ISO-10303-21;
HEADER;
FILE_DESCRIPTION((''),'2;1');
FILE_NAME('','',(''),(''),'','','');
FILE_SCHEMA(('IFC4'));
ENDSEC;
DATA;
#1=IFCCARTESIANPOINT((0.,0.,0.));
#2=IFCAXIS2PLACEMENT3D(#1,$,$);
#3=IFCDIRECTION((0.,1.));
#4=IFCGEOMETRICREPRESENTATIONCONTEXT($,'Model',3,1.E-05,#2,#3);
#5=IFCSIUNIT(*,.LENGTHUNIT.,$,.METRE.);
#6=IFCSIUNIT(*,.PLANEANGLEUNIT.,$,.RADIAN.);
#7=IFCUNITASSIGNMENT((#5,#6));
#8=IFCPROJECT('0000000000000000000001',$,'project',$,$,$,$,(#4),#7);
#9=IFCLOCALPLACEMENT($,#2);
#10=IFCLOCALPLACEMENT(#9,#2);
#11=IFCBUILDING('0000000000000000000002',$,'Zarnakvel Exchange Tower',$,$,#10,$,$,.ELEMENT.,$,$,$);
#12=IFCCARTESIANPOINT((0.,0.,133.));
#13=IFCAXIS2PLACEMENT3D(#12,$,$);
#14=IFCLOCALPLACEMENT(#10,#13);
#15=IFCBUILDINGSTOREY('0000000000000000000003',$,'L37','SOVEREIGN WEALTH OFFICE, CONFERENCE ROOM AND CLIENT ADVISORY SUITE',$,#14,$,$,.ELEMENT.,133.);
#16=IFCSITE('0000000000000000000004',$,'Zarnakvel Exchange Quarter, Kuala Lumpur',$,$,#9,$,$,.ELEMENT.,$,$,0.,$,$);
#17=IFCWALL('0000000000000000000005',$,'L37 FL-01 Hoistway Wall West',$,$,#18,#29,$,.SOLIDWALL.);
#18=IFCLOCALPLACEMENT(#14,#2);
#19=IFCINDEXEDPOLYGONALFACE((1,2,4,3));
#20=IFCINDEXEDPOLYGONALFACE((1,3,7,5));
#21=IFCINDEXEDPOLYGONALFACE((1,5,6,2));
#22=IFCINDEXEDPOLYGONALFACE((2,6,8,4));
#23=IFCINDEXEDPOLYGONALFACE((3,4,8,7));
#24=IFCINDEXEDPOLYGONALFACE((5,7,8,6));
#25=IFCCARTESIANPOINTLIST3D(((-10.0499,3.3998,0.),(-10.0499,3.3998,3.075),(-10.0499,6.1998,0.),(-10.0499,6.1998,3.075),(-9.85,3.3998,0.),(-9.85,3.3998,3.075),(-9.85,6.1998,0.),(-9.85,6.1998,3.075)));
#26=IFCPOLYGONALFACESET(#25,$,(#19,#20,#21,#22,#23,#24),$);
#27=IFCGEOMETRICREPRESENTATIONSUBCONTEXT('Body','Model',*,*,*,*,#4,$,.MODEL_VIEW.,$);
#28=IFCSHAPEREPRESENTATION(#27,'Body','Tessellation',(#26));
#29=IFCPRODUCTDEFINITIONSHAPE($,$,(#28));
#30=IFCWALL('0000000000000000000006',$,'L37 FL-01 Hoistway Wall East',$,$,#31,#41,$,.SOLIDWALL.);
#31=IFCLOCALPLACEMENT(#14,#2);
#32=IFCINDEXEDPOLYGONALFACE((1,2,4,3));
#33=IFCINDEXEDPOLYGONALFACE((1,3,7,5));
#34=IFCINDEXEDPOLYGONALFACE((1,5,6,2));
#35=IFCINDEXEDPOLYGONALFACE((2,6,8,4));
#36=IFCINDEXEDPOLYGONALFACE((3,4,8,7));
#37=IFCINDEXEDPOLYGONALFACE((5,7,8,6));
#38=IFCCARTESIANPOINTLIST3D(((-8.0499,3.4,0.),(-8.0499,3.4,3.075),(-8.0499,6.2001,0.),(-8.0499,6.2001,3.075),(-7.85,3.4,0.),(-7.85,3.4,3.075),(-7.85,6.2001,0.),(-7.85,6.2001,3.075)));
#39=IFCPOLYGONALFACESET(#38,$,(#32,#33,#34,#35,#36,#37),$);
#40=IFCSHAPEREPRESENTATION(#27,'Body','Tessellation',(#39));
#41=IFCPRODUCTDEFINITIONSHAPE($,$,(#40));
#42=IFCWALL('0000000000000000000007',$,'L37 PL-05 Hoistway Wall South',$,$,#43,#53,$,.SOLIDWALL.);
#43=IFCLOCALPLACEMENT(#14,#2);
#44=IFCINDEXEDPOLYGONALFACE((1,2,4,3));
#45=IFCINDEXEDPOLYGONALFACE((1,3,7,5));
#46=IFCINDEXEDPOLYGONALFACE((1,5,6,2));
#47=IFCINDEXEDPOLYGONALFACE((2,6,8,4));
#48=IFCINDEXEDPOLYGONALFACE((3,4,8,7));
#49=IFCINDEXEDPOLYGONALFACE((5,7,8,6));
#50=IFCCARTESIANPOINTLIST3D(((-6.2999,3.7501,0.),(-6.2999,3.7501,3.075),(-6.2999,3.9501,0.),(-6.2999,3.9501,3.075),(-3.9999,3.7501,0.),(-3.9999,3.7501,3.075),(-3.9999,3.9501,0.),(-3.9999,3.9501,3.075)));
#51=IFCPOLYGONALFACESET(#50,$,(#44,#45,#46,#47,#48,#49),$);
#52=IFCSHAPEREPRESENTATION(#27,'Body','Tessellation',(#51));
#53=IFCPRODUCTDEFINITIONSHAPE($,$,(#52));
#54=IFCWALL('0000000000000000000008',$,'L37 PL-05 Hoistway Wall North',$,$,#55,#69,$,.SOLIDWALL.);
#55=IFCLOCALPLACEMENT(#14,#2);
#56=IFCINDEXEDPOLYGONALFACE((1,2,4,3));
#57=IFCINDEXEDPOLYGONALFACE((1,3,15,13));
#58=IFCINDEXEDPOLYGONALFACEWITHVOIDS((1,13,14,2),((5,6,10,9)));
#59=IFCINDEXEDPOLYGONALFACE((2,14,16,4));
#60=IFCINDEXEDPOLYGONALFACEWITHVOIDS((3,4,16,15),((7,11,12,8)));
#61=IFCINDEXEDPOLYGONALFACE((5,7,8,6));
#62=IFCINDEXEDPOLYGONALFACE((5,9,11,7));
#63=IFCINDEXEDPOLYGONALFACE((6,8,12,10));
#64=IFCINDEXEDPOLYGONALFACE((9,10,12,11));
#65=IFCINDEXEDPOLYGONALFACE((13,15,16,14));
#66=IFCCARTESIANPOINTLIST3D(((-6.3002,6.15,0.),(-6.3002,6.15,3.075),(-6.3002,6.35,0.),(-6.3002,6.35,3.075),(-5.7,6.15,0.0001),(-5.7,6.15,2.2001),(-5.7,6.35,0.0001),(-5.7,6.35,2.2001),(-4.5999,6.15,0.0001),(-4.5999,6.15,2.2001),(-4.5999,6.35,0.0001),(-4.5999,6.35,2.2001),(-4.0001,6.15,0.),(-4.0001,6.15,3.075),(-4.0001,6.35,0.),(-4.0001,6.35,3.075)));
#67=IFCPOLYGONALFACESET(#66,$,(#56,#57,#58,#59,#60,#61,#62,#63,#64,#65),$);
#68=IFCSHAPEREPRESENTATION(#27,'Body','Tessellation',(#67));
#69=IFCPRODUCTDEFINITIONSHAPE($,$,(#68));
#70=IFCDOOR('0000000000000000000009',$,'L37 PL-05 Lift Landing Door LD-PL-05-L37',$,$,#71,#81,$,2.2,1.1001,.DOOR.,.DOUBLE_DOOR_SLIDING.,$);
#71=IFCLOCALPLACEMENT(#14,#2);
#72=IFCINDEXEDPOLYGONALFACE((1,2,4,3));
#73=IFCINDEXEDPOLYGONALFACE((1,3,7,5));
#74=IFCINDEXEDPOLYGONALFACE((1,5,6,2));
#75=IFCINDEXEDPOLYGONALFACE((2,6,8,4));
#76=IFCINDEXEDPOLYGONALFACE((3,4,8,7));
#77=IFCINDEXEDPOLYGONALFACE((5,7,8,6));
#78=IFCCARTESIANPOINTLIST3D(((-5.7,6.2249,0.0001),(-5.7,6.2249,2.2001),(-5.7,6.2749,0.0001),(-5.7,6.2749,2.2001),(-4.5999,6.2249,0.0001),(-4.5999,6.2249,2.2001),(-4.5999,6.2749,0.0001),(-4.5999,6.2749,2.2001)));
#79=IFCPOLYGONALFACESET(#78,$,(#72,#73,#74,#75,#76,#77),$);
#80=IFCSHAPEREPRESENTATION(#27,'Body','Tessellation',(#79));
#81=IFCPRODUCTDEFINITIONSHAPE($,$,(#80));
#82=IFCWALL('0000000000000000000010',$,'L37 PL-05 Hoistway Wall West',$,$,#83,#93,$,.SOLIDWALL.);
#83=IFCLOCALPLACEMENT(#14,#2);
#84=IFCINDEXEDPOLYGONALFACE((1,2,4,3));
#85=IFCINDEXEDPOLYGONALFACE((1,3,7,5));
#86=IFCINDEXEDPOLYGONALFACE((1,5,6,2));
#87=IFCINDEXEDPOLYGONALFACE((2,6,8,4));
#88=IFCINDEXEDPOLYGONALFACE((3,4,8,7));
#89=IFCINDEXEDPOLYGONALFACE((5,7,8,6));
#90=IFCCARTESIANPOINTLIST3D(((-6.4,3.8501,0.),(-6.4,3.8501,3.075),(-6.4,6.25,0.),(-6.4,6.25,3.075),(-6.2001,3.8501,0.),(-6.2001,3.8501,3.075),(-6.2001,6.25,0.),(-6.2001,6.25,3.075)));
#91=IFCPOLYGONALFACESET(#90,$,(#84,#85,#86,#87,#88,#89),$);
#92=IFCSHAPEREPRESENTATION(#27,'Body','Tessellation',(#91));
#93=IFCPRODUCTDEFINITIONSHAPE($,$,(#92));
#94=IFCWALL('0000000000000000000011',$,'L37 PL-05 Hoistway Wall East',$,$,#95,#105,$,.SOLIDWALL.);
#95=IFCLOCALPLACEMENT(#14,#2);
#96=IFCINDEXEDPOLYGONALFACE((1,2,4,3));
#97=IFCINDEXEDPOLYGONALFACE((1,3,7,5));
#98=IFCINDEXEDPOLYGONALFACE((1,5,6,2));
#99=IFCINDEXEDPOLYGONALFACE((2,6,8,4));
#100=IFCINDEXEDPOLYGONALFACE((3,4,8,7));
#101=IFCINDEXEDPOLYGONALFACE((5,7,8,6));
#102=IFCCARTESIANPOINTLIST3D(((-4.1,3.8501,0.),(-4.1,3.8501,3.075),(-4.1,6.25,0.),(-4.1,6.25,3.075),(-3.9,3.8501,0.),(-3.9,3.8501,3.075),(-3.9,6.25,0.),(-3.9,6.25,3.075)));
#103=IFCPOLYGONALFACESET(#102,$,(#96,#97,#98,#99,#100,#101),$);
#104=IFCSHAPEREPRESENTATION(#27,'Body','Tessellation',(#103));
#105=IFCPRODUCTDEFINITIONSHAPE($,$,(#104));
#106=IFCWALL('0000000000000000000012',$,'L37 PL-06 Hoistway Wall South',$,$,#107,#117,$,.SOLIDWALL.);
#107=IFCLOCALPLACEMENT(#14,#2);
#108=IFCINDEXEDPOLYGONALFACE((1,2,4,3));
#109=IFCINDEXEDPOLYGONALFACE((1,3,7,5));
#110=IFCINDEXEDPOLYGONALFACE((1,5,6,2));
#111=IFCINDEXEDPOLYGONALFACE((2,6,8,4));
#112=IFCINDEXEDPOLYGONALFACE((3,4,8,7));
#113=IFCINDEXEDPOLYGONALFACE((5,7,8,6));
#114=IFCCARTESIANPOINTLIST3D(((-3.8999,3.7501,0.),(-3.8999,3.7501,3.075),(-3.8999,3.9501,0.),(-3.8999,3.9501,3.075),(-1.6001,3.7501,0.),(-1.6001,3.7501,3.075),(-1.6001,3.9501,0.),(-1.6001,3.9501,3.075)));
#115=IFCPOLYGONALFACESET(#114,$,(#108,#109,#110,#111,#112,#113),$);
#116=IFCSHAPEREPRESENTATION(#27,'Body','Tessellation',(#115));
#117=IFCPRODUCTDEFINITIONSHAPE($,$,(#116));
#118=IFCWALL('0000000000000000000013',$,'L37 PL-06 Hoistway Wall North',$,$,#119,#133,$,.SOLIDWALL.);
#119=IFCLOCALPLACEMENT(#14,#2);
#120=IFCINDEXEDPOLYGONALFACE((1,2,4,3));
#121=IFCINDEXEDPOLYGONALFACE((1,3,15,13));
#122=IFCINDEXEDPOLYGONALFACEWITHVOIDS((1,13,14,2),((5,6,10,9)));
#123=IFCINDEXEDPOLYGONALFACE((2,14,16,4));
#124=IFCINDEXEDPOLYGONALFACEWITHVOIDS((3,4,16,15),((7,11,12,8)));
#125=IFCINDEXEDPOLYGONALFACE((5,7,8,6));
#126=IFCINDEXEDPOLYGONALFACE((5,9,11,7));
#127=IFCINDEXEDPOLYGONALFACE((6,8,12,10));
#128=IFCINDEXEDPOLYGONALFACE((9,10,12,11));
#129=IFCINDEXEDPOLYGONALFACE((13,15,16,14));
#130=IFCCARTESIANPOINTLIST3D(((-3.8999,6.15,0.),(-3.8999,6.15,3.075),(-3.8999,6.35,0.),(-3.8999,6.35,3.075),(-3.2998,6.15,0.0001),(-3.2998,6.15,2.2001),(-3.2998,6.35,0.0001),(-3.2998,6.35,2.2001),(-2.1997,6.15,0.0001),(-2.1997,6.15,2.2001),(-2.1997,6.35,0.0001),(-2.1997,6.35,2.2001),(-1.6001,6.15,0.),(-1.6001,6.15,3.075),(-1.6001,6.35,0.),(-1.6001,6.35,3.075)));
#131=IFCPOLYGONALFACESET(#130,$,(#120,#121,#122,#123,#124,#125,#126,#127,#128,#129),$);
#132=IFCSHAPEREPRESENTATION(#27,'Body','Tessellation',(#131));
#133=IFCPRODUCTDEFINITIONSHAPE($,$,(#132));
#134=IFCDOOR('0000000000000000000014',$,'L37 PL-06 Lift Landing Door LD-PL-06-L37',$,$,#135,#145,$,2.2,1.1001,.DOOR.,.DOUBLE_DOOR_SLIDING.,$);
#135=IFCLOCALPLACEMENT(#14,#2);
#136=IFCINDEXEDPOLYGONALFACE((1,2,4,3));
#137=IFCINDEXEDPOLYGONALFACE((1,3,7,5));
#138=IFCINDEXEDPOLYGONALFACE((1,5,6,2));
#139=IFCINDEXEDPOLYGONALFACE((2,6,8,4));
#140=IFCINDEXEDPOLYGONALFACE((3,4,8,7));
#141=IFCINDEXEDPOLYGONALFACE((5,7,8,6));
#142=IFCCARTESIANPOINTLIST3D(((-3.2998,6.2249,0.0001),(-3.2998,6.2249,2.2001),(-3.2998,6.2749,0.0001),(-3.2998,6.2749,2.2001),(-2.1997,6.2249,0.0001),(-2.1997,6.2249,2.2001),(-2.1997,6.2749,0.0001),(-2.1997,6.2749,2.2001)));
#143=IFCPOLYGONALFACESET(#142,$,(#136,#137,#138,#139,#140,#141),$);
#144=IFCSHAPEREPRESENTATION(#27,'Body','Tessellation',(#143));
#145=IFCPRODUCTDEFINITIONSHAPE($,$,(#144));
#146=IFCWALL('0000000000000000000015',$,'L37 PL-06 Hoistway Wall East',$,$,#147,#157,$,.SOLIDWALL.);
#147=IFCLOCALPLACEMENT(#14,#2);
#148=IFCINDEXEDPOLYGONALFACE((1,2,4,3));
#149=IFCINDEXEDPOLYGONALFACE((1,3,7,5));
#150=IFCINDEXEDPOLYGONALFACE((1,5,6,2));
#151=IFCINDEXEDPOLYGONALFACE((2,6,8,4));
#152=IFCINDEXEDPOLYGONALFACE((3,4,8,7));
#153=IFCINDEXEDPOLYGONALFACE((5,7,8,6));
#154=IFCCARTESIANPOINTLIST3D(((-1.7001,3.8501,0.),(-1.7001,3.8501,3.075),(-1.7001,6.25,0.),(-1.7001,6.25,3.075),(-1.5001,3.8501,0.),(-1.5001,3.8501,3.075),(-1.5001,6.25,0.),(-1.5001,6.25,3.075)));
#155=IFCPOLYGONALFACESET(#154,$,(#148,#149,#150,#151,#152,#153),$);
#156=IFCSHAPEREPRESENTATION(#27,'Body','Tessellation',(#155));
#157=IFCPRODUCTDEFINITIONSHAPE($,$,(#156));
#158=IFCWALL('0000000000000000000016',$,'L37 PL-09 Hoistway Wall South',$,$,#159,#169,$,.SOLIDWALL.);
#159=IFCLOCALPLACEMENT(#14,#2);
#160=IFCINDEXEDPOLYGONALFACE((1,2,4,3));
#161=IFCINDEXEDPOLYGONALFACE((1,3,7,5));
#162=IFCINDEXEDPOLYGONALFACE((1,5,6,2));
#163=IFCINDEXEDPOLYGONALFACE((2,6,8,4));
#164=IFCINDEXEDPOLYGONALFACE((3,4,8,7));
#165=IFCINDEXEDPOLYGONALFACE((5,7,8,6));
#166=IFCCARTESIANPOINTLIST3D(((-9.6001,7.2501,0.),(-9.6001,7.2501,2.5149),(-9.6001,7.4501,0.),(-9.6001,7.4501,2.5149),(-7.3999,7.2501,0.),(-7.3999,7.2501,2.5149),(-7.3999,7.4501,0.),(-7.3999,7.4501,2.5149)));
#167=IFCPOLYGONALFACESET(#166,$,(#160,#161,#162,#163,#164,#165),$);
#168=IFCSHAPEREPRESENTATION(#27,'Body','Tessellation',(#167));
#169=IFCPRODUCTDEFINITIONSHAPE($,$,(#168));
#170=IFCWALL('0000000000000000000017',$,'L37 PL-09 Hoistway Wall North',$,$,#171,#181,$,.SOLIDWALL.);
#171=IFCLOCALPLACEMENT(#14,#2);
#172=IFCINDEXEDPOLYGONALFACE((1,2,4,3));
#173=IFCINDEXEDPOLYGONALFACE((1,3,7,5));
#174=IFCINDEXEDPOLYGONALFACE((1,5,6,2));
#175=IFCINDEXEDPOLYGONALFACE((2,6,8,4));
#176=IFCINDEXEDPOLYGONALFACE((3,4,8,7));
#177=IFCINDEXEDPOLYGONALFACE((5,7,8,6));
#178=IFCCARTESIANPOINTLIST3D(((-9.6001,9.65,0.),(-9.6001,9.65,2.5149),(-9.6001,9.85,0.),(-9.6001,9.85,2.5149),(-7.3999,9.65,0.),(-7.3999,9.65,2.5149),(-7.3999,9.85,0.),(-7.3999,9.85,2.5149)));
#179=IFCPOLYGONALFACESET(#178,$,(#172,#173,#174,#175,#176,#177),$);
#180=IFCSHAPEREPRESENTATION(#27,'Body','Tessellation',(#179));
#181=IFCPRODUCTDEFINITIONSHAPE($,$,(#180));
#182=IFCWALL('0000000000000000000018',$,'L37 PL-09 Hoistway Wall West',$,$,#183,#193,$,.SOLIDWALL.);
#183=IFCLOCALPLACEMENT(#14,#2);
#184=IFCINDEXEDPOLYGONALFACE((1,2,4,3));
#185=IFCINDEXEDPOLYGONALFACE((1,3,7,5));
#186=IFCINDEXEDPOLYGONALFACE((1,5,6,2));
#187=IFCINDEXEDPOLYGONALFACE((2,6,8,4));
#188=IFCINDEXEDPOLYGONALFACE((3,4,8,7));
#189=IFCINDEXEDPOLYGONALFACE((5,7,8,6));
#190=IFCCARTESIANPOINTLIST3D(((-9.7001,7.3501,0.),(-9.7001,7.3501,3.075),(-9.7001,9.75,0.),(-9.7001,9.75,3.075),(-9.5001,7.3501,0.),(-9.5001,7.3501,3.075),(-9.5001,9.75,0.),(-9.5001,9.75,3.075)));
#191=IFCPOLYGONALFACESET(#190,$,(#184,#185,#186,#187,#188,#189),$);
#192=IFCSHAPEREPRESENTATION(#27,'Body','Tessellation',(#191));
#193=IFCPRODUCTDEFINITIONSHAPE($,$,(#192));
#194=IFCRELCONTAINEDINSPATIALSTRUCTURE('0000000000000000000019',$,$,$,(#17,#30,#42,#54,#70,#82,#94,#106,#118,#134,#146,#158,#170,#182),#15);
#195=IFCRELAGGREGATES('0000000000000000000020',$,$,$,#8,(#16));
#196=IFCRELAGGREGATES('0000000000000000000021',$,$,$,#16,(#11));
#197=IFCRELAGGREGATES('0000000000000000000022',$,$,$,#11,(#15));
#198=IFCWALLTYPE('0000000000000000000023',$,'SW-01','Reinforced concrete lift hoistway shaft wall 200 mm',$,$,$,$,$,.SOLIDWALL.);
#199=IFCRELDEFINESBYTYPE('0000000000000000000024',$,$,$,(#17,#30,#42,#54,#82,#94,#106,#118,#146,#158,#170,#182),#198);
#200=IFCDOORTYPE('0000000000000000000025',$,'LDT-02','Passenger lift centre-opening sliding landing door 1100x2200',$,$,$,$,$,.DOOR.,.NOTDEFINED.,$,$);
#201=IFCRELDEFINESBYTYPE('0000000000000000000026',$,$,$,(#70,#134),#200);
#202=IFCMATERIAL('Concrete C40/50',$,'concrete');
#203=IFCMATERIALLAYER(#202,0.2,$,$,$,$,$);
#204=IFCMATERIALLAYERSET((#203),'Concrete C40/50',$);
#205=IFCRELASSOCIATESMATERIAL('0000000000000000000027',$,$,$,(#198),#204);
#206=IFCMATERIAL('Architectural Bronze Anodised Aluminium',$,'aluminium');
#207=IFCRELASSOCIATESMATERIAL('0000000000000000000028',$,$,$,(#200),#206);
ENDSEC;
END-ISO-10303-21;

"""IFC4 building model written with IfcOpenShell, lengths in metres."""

from ifc_helpers import new_model, si_unit, direction, frame, frame_2d, origin, place, context, subcontext, project, spatial, rectangle, extrude, source, transform, mapped, material, layer, layer_set, type_object, element, fill, save


model = new_model("IFC4")

# Units and contexts
model_context = context("Model", 3, precision=1e-05, world=origin(), true_north=direction((0.0, 1.0)))
body_context = subcontext(model_context, "Body", "Model", "MODEL_VIEW")
ifc_project = project(units=[si_unit("LENGTHUNIT", "METRE"), si_unit("PLANEANGLEUNIT", "RADIAN")], contexts=[model_context])

# Site, building, storey
site_placement = place(None, origin())
site = spatial("IfcSite", under=ifc_project, at=site_placement, Name="Zarnakvel Exchange Quarter, Kuala Lumpur", CompositionType="ELEMENT", RefElevation=0.0)
building_placement = place(site_placement, origin())
building = spatial("IfcBuilding", under=site, at=building_placement, Name="Zarnakvel Exchange Tower", CompositionType="ELEMENT")
storey_placement = place(building_placement, frame((0.0, 0.0, 133.0)))
storey = spatial("IfcBuildingStorey", under=building, at=storey_placement, Name="L37", Description="SOVEREIGN WEALTH OFFICE, CONFERENCE ROOM AND CLIENT ADVISORY SUITE", CompositionType="ELEMENT", Elevation=133.0)

# Shared definitions
ifc_material_1 = material(Name="Concrete C40/50", Category="concrete")
ifc_layer_1 = layer(ifc_material_1, 0.2)
ifc_layer_set_1 = layer_set([ifc_layer_1], Name="Concrete C40/50")
wall_type_1 = type_object("IfcWallType", Name="SW-01", Description="Reinforced concrete lift hoistway shaft wall 200 mm", PredefinedType="SOLIDWALL", material=ifc_layer_set_1)
shared_shape_1 = source(origin(), body_context, "Body", "SweptSolid", [
    extrude(rectangle(XDim=1.1001, YDim=2.2, at=frame_2d((0.55, 1.1001))), frame((0.0, 0.0249, 0.0), z_axis=(0.0, -1.0, 0.0), x_axis=(1.0, 0.0, 0.0)), (0.0, 0.0, 1.0), 0.05),
])

# Walls
for number, where, z_axis, x_axis, name in (
    (1, (-9.95, 3.3999, 0.0), (0.0, 0.0, 1.0), (0.0, 1.0, 0.0), "L37 FL-01 Hoistway Wall West"),
    (2, (-7.95, 6.2, 0.0), (0.0, 0.0, 1.0), (0.0, -1.0, 0.0), "L37 FL-01 Hoistway Wall East"),
):
    element("IfcWall", number, at=place(storey_placement, frame(where, z_axis=z_axis, x_axis=x_axis)), inside=storey, type_object=wall_type_1, Name=name, PredefinedType="SOLIDWALL", context=body_context, shape_type="SweptSolid", body=[
        extrude(rectangle(XDim=2.8, YDim=0.2, at=frame_2d((1.3999, 0.0))), origin(), (0.0, 0.0, 1.0), 3.075),
    ])
wall_1_placement = place(storey_placement, frame((-4.0, 3.8501, 0.0), z_axis=(0.0, 0.0, 1.0), x_axis=(-1.0, 0.0, 0.0)))
element("IfcWall", 3, at=wall_1_placement, inside=storey, type_object=wall_type_1, Name="L37 PL-05 Hoistway Wall South", PredefinedType="SOLIDWALL", context=body_context, shape_type="SweptSolid", body=[
    extrude(rectangle(XDim=2.3, YDim=0.2, at=frame_2d((1.1499, 0.0))), origin(), (0.0, 0.0, 1.0), 3.075),
])

# Wall, opening, door
wall_2_placement = place(storey_placement, frame((-6.3, 6.25, 0.0), z_axis=(0.0, 0.0, 1.0), x_axis=(1.0, 0.0, 0.0)))
wall_2 = element("IfcWall", 4, at=wall_2_placement, inside=storey, type_object=wall_type_1, Name="L37 PL-05 Hoistway Wall North", PredefinedType="SOLIDWALL", context=body_context, shape_type="SweptSolid", body=[
    extrude(rectangle(XDim=2.3, YDim=0.2, at=frame_2d((1.1499, 0.0))), origin(), (0.0, 0.0, 1.0), 3.075),
])
opening_1_placement = place(wall_2_placement, frame((0.6001, 0.0, 0.0)))
opening_1 = element("IfcOpeningElement", 5, at=opening_1_placement, cuts=wall_2, PredefinedType="OPENING", context=body_context, shape_type="SweptSolid", body=[
    extrude(rectangle(XDim=1.1001, YDim=2.2, at=frame_2d((0.55, 1.1001))), frame((0.0, 0.1099, 0.0), z_axis=(0.0, -1.0, 0.0), x_axis=(1.0, 0.0, 0.0)), (0.0, 0.0, 1.0), 0.22),
])
ifc_material_2 = material(Name="Architectural Bronze Anodised Aluminium", Category="aluminium")
door_type_1 = type_object("IfcDoorType", Name="LDT-02", Description="Passenger lift centre-opening sliding landing door 1100x2200", OperationType="NOTDEFINED", PredefinedType="DOOR", material=ifc_material_2)
door_1_placement = place(opening_1_placement, origin())
door_1 = element("IfcDoor", 6, at=door_1_placement, inside=storey, type_object=door_type_1, Name="L37 PL-05 Lift Landing Door LD-PL-05-L37", OperationType="DOUBLE_DOOR_SLIDING", OverallHeight=2.2, OverallWidth=1.1001, PredefinedType="DOOR", context=body_context, shape_type="MappedRepresentation", body=[
    mapped(shared_shape_1, transform((0.0, 0.0, 0.0), x_axis=(1.0, 0.0, 0.0), y_axis=(0.0, 1.0, 0.0), z_axis=(0.0, 0.0, 1.0), scale=1.0)),
])
fill(opening_1, door_1)

# Walls
for number, where, z_axis, x_axis, name in (
    (7, (-6.3, 3.8501, 0.0), (0.0, 0.0, 1.0), (0.0, 1.0, 0.0), "L37 PL-05 Hoistway Wall West"),
    (8, (-4.0, 6.25, 0.0), (0.0, 0.0, 1.0), (0.0, -1.0, 0.0), "L37 PL-05 Hoistway Wall East"),
):
    element("IfcWall", number, at=place(storey_placement, frame(where, z_axis=z_axis, x_axis=x_axis)), inside=storey, type_object=wall_type_1, Name=name, PredefinedType="SOLIDWALL", context=body_context, shape_type="SweptSolid", body=[
        extrude(rectangle(XDim=2.3999, YDim=0.2, at=frame_2d((1.2, 0.0))), origin(), (0.0, 0.0, 1.0), 3.075),
    ])
wall_3_placement = place(storey_placement, frame((-1.6001, 3.8501, 0.0), z_axis=(0.0, 0.0, 1.0), x_axis=(-1.0, 0.0, 0.0)))
element("IfcWall", 9, at=wall_3_placement, inside=storey, type_object=wall_type_1, Name="L37 PL-06 Hoistway Wall South", PredefinedType="SOLIDWALL", context=body_context, shape_type="SweptSolid", body=[
    extrude(rectangle(XDim=2.2998, YDim=0.2, at=frame_2d((1.1499, 0.0))), origin(), (0.0, 0.0, 1.0), 3.075),
])

# Wall, opening, door
wall_4_placement = place(storey_placement, frame((-3.8999, 6.25, 0.0), z_axis=(0.0, 0.0, 1.0), x_axis=(1.0, 0.0, 0.0)))
wall_4 = element("IfcWall", 10, at=wall_4_placement, inside=storey, type_object=wall_type_1, Name="L37 PL-06 Hoistway Wall North", PredefinedType="SOLIDWALL", context=body_context, shape_type="SweptSolid", body=[
    extrude(rectangle(XDim=2.2998, YDim=0.2, at=frame_2d((1.1499, 0.0))), origin(), (0.0, 0.0, 1.0), 3.075),
])
opening_2_placement = place(wall_4_placement, frame((0.6001, 0.0, 0.0)))
opening_2 = element("IfcOpeningElement", 11, at=opening_2_placement, cuts=wall_4, PredefinedType="OPENING", context=body_context, shape_type="SweptSolid", body=[
    extrude(rectangle(XDim=1.1001, YDim=2.2, at=frame_2d((0.55, 1.1001))), frame((0.0, 0.1099, 0.0), z_axis=(0.0, -1.0, 0.0), x_axis=(1.0, 0.0, 0.0)), (0.0, 0.0, 1.0), 0.22),
])
door_2_placement = place(opening_2_placement, origin())
door_2 = element("IfcDoor", 12, at=door_2_placement, inside=storey, type_object=door_type_1, Name="L37 PL-06 Lift Landing Door LD-PL-06-L37", OperationType="DOUBLE_DOOR_SLIDING", OverallHeight=2.2, OverallWidth=1.1001, PredefinedType="DOOR", context=body_context, shape_type="MappedRepresentation", body=[
    mapped(shared_shape_1, transform((0.0, 0.0, 0.0), x_axis=(1.0, 0.0, 0.0), y_axis=(0.0, 1.0, 0.0), z_axis=(0.0, 0.0, 1.0), scale=1.0)),
])
fill(opening_2, door_2)

# Walls
wall_5_placement = place(storey_placement, frame((-1.6001, 6.25, 0.0), z_axis=(0.0, 0.0, 1.0), x_axis=(0.0, -1.0, 0.0)))
element("IfcWall", 13, at=wall_5_placement, inside=storey, type_object=wall_type_1, Name="L37 PL-06 Hoistway Wall East", PredefinedType="SOLIDWALL", context=body_context, shape_type="SweptSolid", body=[
    extrude(rectangle(XDim=2.3999, YDim=0.2, at=frame_2d((1.2, 0.0))), origin(), (0.0, 0.0, 1.0), 3.075),
])
for number, where, z_axis, x_axis, name in (
    (14, (-7.3999, 7.3501, 0.0), (0.0, 0.0, 1.0), (-1.0, 0.0, 0.0), "L37 PL-09 Hoistway Wall South"),
    (15, (-9.6001, 9.75, 0.0), (0.0, 0.0, 1.0), (1.0, 0.0, 0.0), "L37 PL-09 Hoistway Wall North"),
):
    element("IfcWall", number, at=place(storey_placement, frame(where, z_axis=z_axis, x_axis=x_axis)), inside=storey, type_object=wall_type_1, Name=name, PredefinedType="SOLIDWALL", context=body_context, shape_type="SweptSolid", body=[
        extrude(rectangle(XDim=2.2002, YDim=0.2, at=frame_2d((1.1001, 0.0))), origin(), (0.0, 0.0, 1.0), 2.5149),
    ])
wall_6_placement = place(storey_placement, frame((-9.6001, 7.3501, 0.0), z_axis=(0.0, 0.0, 1.0), x_axis=(0.0, 1.0, 0.0)))
element("IfcWall", 16, at=wall_6_placement, inside=storey, type_object=wall_type_1, Name="L37 PL-09 Hoistway Wall West", PredefinedType="SOLIDWALL", context=body_context, shape_type="SweptSolid", body=[
    extrude(rectangle(XDim=2.3999, YDim=0.2, at=frame_2d((1.2, 0.0))), origin(), (0.0, 0.0, 1.0), 3.075),
])

save(model, "model.ifc")
